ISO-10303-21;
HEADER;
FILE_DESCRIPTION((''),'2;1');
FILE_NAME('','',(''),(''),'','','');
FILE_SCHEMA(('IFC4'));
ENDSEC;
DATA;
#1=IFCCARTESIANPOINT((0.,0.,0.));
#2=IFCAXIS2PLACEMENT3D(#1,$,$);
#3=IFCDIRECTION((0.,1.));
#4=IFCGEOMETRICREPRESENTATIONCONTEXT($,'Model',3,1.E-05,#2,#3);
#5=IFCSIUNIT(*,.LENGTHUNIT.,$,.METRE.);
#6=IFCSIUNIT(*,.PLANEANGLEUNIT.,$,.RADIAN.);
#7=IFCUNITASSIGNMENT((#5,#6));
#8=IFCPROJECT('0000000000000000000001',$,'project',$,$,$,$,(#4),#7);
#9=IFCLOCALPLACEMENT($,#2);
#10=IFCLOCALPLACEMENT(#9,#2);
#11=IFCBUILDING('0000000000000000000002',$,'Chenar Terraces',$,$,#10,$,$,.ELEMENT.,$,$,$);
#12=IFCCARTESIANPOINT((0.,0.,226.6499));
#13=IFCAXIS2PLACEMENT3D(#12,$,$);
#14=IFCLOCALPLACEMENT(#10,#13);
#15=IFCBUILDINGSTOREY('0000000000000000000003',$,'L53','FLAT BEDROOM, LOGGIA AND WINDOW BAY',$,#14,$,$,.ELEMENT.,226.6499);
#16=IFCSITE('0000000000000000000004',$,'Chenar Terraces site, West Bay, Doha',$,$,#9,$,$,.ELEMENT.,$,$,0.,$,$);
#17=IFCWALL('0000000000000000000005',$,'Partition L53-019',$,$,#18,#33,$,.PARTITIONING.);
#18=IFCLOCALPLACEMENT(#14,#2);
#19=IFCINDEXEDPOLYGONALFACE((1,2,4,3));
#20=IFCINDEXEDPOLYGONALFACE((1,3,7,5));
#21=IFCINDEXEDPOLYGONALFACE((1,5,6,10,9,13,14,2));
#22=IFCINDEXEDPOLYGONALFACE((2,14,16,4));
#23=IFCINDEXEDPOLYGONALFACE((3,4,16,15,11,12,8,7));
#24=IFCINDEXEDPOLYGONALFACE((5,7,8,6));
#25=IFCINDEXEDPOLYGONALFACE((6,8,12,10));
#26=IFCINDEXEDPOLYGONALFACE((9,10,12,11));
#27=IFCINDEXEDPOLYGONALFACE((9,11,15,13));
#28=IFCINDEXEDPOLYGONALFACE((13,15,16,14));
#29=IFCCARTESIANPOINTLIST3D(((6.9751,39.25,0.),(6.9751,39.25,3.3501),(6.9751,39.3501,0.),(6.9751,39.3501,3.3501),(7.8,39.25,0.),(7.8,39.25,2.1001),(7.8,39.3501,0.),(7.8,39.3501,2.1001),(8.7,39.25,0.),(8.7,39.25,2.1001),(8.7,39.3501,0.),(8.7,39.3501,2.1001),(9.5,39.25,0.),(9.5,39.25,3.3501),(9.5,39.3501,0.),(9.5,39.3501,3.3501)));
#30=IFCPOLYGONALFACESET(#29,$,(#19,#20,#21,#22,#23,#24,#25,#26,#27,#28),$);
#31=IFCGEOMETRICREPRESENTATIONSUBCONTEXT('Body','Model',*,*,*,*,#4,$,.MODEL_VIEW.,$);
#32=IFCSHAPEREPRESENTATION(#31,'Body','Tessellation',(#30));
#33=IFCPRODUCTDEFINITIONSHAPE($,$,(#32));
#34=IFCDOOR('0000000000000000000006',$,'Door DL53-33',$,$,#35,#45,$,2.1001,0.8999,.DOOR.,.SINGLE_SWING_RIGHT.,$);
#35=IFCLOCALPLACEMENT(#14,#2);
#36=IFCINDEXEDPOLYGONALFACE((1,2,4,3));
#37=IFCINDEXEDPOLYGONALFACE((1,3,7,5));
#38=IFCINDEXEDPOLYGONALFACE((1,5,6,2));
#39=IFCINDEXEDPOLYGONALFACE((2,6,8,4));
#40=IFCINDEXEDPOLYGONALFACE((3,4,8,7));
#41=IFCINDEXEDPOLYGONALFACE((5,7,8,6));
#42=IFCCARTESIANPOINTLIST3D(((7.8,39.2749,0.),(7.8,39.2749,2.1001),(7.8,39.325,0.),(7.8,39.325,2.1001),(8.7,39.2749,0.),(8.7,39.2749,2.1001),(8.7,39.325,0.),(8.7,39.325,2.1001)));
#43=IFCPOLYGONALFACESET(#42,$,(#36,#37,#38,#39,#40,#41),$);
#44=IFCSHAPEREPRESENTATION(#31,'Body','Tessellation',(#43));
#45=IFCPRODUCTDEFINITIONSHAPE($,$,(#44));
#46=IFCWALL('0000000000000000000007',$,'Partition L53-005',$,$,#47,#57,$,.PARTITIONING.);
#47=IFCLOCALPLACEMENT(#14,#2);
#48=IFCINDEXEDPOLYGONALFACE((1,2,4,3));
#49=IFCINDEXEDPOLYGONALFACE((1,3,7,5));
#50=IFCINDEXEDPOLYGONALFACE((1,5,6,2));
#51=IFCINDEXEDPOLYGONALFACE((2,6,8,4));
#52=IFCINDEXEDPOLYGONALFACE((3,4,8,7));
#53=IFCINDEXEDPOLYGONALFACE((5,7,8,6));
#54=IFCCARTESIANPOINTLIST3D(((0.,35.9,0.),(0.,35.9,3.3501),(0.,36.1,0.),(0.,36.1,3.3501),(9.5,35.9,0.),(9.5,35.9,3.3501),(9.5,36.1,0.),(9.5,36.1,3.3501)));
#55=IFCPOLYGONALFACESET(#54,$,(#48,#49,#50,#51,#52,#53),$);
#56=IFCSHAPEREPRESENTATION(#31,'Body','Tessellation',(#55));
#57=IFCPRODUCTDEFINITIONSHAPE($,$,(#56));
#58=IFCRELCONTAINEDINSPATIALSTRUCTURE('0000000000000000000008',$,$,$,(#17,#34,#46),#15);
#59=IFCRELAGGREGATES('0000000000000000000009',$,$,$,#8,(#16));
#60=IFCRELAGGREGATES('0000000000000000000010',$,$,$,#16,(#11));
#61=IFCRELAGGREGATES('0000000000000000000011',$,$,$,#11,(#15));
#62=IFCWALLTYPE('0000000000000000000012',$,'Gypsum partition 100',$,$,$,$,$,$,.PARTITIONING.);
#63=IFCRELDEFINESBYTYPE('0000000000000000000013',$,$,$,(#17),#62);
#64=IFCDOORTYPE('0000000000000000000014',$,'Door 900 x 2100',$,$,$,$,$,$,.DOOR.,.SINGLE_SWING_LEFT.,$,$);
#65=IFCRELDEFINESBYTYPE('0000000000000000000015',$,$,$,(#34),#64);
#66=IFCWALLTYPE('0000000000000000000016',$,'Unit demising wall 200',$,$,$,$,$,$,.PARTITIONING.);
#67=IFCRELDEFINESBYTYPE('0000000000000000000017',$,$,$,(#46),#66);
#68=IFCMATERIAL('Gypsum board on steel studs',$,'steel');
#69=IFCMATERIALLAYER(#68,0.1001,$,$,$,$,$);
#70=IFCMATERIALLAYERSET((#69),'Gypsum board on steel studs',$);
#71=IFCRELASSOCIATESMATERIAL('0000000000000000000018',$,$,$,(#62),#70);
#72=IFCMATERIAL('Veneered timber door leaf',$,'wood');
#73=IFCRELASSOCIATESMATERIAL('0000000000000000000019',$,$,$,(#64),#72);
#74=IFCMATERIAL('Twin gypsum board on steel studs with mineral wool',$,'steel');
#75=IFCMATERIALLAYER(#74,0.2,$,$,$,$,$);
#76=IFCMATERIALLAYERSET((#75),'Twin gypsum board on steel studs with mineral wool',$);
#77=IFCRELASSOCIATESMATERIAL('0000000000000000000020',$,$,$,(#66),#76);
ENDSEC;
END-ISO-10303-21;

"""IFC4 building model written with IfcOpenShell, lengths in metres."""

from ifc_helpers import new_model, si_unit, direction, frame, frame_2d, origin, place, context, subcontext, project, spatial, rectangle, extrude, material, layer, layer_set, type_object, element, fill, save


model = new_model("IFC4")

# Units and contexts
model_context = context("Model", 3, precision=1e-05, world=origin(), true_north=direction((0.0, 1.0)))
body_context = subcontext(model_context, "Body", "Model", "MODEL_VIEW")
ifc_project = project(units=[si_unit("LENGTHUNIT", "METRE"), si_unit("PLANEANGLEUNIT", "RADIAN")], contexts=[model_context])

# Site, building, storey
site_placement = place(None, origin())
site = spatial("IfcSite", under=ifc_project, at=site_placement, Name="Chenar Terraces site, West Bay, Doha", CompositionType="ELEMENT", RefElevation=0.0)
building_placement = place(site_placement, origin())
building = spatial("IfcBuilding", under=site, at=building_placement, Name="Chenar Terraces", CompositionType="ELEMENT")
storey_placement = place(building_placement, frame((0.0, 0.0, 226.6499)))
storey = spatial("IfcBuildingStorey", under=building, at=storey_placement, Name="L53", Description="FLAT BEDROOM, LOGGIA AND WINDOW BAY", CompositionType="ELEMENT", Elevation=226.6499)

# Shared definitions
ifc_material_1 = material(Name="Gypsum board on steel studs", Category="steel")
ifc_layer_1 = layer(ifc_material_1, 0.1001)
ifc_layer_set_1 = layer_set([ifc_layer_1], Name="Gypsum board on steel studs")
wall_type_1 = type_object("IfcWallType", Name="Gypsum partition 100", PredefinedType="PARTITIONING", material=ifc_layer_set_1)

# Shared definitions
ifc_material_2 = material(Name="Veneered timber door leaf", Category="wood")
door_type_1 = type_object("IfcDoorType", Name="Door 900 x 2100", OperationType="SINGLE_SWING_LEFT", PredefinedType="DOOR", material=ifc_material_2)

# Wall, opening, door
wall_1_placement = place(storey_placement, frame((6.9751, 39.3, 0.0), z_axis=(0.0, 0.0, 1.0), x_axis=(1.0, 0.0, 0.0)))
wall_1 = element("IfcWall", 1, at=wall_1_placement, inside=storey, type_object=wall_type_1, Name="Partition L53-019", PredefinedType="PARTITIONING", context=body_context, shape_type="SweptSolid", body=[
    extrude(rectangle(XDim=2.5249, YDim=0.1001, at=frame_2d((1.2625, 0.0))), origin(), (0.0, 0.0, 1.0), 3.3501),
])
opening_1_placement = place(wall_1_placement, frame((0.825, 0.0, 0.0)))
opening_1 = element("IfcOpeningElement", 2, at=opening_1_placement, cuts=wall_1, PredefinedType="OPENING", context=body_context, shape_type="SweptSolid", body=[
    extrude(rectangle(XDim=0.8999, YDim=2.1001, at=frame_2d((0.45, 1.05))), frame((0.0, 0.0601, 0.0), z_axis=(0.0, -1.0, 0.0), x_axis=(1.0, 0.0, 0.0)), (0.0, 0.0, 1.0), 0.1201),
])
door_1_placement = place(opening_1_placement, origin())
door_1 = element("IfcDoor", 3, at=door_1_placement, inside=storey, type_object=door_type_1, Name="Door DL53-33", OperationType="SINGLE_SWING_RIGHT", OverallHeight=2.1001, OverallWidth=0.8999, PredefinedType="DOOR", context=body_context, shape_type="SweptSolid", body=[
    extrude(rectangle(XDim=0.8999, YDim=2.1001, at=frame_2d((0.45, 1.05))), frame((0.0, 0.0249, 0.0), z_axis=(0.0, -1.0, 0.0), x_axis=(1.0, 0.0, 0.0)), (0.0, 0.0, 1.0), 0.05),
])
fill(opening_1, door_1)

# Wall
ifc_material_3 = material(Name="Twin gypsum board on steel studs with mineral wool", Category="steel")
ifc_layer_2 = layer(ifc_material_3, 0.2)
ifc_layer_set_2 = layer_set([ifc_layer_2], Name="Twin gypsum board on steel studs with mineral wool")
wall_type_2 = type_object("IfcWallType", Name="Unit demising wall 200", PredefinedType="PARTITIONING", material=ifc_layer_set_2)
wall_2_placement = place(storey_placement, frame((0.0, 36.0, 0.0), z_axis=(0.0, 0.0, 1.0), x_axis=(1.0, 0.0, 0.0)))
element("IfcWall", 4, at=wall_2_placement, inside=storey, type_object=wall_type_2, Name="Partition L53-005", PredefinedType="PARTITIONING", context=body_context, shape_type="SweptSolid", body=[
    extrude(rectangle(XDim=9.5, YDim=0.2, at=frame_2d((4.75, 0.0))), origin(), (0.0, 0.0, 1.0), 3.3501),
])

save(model, "model.ifc")
